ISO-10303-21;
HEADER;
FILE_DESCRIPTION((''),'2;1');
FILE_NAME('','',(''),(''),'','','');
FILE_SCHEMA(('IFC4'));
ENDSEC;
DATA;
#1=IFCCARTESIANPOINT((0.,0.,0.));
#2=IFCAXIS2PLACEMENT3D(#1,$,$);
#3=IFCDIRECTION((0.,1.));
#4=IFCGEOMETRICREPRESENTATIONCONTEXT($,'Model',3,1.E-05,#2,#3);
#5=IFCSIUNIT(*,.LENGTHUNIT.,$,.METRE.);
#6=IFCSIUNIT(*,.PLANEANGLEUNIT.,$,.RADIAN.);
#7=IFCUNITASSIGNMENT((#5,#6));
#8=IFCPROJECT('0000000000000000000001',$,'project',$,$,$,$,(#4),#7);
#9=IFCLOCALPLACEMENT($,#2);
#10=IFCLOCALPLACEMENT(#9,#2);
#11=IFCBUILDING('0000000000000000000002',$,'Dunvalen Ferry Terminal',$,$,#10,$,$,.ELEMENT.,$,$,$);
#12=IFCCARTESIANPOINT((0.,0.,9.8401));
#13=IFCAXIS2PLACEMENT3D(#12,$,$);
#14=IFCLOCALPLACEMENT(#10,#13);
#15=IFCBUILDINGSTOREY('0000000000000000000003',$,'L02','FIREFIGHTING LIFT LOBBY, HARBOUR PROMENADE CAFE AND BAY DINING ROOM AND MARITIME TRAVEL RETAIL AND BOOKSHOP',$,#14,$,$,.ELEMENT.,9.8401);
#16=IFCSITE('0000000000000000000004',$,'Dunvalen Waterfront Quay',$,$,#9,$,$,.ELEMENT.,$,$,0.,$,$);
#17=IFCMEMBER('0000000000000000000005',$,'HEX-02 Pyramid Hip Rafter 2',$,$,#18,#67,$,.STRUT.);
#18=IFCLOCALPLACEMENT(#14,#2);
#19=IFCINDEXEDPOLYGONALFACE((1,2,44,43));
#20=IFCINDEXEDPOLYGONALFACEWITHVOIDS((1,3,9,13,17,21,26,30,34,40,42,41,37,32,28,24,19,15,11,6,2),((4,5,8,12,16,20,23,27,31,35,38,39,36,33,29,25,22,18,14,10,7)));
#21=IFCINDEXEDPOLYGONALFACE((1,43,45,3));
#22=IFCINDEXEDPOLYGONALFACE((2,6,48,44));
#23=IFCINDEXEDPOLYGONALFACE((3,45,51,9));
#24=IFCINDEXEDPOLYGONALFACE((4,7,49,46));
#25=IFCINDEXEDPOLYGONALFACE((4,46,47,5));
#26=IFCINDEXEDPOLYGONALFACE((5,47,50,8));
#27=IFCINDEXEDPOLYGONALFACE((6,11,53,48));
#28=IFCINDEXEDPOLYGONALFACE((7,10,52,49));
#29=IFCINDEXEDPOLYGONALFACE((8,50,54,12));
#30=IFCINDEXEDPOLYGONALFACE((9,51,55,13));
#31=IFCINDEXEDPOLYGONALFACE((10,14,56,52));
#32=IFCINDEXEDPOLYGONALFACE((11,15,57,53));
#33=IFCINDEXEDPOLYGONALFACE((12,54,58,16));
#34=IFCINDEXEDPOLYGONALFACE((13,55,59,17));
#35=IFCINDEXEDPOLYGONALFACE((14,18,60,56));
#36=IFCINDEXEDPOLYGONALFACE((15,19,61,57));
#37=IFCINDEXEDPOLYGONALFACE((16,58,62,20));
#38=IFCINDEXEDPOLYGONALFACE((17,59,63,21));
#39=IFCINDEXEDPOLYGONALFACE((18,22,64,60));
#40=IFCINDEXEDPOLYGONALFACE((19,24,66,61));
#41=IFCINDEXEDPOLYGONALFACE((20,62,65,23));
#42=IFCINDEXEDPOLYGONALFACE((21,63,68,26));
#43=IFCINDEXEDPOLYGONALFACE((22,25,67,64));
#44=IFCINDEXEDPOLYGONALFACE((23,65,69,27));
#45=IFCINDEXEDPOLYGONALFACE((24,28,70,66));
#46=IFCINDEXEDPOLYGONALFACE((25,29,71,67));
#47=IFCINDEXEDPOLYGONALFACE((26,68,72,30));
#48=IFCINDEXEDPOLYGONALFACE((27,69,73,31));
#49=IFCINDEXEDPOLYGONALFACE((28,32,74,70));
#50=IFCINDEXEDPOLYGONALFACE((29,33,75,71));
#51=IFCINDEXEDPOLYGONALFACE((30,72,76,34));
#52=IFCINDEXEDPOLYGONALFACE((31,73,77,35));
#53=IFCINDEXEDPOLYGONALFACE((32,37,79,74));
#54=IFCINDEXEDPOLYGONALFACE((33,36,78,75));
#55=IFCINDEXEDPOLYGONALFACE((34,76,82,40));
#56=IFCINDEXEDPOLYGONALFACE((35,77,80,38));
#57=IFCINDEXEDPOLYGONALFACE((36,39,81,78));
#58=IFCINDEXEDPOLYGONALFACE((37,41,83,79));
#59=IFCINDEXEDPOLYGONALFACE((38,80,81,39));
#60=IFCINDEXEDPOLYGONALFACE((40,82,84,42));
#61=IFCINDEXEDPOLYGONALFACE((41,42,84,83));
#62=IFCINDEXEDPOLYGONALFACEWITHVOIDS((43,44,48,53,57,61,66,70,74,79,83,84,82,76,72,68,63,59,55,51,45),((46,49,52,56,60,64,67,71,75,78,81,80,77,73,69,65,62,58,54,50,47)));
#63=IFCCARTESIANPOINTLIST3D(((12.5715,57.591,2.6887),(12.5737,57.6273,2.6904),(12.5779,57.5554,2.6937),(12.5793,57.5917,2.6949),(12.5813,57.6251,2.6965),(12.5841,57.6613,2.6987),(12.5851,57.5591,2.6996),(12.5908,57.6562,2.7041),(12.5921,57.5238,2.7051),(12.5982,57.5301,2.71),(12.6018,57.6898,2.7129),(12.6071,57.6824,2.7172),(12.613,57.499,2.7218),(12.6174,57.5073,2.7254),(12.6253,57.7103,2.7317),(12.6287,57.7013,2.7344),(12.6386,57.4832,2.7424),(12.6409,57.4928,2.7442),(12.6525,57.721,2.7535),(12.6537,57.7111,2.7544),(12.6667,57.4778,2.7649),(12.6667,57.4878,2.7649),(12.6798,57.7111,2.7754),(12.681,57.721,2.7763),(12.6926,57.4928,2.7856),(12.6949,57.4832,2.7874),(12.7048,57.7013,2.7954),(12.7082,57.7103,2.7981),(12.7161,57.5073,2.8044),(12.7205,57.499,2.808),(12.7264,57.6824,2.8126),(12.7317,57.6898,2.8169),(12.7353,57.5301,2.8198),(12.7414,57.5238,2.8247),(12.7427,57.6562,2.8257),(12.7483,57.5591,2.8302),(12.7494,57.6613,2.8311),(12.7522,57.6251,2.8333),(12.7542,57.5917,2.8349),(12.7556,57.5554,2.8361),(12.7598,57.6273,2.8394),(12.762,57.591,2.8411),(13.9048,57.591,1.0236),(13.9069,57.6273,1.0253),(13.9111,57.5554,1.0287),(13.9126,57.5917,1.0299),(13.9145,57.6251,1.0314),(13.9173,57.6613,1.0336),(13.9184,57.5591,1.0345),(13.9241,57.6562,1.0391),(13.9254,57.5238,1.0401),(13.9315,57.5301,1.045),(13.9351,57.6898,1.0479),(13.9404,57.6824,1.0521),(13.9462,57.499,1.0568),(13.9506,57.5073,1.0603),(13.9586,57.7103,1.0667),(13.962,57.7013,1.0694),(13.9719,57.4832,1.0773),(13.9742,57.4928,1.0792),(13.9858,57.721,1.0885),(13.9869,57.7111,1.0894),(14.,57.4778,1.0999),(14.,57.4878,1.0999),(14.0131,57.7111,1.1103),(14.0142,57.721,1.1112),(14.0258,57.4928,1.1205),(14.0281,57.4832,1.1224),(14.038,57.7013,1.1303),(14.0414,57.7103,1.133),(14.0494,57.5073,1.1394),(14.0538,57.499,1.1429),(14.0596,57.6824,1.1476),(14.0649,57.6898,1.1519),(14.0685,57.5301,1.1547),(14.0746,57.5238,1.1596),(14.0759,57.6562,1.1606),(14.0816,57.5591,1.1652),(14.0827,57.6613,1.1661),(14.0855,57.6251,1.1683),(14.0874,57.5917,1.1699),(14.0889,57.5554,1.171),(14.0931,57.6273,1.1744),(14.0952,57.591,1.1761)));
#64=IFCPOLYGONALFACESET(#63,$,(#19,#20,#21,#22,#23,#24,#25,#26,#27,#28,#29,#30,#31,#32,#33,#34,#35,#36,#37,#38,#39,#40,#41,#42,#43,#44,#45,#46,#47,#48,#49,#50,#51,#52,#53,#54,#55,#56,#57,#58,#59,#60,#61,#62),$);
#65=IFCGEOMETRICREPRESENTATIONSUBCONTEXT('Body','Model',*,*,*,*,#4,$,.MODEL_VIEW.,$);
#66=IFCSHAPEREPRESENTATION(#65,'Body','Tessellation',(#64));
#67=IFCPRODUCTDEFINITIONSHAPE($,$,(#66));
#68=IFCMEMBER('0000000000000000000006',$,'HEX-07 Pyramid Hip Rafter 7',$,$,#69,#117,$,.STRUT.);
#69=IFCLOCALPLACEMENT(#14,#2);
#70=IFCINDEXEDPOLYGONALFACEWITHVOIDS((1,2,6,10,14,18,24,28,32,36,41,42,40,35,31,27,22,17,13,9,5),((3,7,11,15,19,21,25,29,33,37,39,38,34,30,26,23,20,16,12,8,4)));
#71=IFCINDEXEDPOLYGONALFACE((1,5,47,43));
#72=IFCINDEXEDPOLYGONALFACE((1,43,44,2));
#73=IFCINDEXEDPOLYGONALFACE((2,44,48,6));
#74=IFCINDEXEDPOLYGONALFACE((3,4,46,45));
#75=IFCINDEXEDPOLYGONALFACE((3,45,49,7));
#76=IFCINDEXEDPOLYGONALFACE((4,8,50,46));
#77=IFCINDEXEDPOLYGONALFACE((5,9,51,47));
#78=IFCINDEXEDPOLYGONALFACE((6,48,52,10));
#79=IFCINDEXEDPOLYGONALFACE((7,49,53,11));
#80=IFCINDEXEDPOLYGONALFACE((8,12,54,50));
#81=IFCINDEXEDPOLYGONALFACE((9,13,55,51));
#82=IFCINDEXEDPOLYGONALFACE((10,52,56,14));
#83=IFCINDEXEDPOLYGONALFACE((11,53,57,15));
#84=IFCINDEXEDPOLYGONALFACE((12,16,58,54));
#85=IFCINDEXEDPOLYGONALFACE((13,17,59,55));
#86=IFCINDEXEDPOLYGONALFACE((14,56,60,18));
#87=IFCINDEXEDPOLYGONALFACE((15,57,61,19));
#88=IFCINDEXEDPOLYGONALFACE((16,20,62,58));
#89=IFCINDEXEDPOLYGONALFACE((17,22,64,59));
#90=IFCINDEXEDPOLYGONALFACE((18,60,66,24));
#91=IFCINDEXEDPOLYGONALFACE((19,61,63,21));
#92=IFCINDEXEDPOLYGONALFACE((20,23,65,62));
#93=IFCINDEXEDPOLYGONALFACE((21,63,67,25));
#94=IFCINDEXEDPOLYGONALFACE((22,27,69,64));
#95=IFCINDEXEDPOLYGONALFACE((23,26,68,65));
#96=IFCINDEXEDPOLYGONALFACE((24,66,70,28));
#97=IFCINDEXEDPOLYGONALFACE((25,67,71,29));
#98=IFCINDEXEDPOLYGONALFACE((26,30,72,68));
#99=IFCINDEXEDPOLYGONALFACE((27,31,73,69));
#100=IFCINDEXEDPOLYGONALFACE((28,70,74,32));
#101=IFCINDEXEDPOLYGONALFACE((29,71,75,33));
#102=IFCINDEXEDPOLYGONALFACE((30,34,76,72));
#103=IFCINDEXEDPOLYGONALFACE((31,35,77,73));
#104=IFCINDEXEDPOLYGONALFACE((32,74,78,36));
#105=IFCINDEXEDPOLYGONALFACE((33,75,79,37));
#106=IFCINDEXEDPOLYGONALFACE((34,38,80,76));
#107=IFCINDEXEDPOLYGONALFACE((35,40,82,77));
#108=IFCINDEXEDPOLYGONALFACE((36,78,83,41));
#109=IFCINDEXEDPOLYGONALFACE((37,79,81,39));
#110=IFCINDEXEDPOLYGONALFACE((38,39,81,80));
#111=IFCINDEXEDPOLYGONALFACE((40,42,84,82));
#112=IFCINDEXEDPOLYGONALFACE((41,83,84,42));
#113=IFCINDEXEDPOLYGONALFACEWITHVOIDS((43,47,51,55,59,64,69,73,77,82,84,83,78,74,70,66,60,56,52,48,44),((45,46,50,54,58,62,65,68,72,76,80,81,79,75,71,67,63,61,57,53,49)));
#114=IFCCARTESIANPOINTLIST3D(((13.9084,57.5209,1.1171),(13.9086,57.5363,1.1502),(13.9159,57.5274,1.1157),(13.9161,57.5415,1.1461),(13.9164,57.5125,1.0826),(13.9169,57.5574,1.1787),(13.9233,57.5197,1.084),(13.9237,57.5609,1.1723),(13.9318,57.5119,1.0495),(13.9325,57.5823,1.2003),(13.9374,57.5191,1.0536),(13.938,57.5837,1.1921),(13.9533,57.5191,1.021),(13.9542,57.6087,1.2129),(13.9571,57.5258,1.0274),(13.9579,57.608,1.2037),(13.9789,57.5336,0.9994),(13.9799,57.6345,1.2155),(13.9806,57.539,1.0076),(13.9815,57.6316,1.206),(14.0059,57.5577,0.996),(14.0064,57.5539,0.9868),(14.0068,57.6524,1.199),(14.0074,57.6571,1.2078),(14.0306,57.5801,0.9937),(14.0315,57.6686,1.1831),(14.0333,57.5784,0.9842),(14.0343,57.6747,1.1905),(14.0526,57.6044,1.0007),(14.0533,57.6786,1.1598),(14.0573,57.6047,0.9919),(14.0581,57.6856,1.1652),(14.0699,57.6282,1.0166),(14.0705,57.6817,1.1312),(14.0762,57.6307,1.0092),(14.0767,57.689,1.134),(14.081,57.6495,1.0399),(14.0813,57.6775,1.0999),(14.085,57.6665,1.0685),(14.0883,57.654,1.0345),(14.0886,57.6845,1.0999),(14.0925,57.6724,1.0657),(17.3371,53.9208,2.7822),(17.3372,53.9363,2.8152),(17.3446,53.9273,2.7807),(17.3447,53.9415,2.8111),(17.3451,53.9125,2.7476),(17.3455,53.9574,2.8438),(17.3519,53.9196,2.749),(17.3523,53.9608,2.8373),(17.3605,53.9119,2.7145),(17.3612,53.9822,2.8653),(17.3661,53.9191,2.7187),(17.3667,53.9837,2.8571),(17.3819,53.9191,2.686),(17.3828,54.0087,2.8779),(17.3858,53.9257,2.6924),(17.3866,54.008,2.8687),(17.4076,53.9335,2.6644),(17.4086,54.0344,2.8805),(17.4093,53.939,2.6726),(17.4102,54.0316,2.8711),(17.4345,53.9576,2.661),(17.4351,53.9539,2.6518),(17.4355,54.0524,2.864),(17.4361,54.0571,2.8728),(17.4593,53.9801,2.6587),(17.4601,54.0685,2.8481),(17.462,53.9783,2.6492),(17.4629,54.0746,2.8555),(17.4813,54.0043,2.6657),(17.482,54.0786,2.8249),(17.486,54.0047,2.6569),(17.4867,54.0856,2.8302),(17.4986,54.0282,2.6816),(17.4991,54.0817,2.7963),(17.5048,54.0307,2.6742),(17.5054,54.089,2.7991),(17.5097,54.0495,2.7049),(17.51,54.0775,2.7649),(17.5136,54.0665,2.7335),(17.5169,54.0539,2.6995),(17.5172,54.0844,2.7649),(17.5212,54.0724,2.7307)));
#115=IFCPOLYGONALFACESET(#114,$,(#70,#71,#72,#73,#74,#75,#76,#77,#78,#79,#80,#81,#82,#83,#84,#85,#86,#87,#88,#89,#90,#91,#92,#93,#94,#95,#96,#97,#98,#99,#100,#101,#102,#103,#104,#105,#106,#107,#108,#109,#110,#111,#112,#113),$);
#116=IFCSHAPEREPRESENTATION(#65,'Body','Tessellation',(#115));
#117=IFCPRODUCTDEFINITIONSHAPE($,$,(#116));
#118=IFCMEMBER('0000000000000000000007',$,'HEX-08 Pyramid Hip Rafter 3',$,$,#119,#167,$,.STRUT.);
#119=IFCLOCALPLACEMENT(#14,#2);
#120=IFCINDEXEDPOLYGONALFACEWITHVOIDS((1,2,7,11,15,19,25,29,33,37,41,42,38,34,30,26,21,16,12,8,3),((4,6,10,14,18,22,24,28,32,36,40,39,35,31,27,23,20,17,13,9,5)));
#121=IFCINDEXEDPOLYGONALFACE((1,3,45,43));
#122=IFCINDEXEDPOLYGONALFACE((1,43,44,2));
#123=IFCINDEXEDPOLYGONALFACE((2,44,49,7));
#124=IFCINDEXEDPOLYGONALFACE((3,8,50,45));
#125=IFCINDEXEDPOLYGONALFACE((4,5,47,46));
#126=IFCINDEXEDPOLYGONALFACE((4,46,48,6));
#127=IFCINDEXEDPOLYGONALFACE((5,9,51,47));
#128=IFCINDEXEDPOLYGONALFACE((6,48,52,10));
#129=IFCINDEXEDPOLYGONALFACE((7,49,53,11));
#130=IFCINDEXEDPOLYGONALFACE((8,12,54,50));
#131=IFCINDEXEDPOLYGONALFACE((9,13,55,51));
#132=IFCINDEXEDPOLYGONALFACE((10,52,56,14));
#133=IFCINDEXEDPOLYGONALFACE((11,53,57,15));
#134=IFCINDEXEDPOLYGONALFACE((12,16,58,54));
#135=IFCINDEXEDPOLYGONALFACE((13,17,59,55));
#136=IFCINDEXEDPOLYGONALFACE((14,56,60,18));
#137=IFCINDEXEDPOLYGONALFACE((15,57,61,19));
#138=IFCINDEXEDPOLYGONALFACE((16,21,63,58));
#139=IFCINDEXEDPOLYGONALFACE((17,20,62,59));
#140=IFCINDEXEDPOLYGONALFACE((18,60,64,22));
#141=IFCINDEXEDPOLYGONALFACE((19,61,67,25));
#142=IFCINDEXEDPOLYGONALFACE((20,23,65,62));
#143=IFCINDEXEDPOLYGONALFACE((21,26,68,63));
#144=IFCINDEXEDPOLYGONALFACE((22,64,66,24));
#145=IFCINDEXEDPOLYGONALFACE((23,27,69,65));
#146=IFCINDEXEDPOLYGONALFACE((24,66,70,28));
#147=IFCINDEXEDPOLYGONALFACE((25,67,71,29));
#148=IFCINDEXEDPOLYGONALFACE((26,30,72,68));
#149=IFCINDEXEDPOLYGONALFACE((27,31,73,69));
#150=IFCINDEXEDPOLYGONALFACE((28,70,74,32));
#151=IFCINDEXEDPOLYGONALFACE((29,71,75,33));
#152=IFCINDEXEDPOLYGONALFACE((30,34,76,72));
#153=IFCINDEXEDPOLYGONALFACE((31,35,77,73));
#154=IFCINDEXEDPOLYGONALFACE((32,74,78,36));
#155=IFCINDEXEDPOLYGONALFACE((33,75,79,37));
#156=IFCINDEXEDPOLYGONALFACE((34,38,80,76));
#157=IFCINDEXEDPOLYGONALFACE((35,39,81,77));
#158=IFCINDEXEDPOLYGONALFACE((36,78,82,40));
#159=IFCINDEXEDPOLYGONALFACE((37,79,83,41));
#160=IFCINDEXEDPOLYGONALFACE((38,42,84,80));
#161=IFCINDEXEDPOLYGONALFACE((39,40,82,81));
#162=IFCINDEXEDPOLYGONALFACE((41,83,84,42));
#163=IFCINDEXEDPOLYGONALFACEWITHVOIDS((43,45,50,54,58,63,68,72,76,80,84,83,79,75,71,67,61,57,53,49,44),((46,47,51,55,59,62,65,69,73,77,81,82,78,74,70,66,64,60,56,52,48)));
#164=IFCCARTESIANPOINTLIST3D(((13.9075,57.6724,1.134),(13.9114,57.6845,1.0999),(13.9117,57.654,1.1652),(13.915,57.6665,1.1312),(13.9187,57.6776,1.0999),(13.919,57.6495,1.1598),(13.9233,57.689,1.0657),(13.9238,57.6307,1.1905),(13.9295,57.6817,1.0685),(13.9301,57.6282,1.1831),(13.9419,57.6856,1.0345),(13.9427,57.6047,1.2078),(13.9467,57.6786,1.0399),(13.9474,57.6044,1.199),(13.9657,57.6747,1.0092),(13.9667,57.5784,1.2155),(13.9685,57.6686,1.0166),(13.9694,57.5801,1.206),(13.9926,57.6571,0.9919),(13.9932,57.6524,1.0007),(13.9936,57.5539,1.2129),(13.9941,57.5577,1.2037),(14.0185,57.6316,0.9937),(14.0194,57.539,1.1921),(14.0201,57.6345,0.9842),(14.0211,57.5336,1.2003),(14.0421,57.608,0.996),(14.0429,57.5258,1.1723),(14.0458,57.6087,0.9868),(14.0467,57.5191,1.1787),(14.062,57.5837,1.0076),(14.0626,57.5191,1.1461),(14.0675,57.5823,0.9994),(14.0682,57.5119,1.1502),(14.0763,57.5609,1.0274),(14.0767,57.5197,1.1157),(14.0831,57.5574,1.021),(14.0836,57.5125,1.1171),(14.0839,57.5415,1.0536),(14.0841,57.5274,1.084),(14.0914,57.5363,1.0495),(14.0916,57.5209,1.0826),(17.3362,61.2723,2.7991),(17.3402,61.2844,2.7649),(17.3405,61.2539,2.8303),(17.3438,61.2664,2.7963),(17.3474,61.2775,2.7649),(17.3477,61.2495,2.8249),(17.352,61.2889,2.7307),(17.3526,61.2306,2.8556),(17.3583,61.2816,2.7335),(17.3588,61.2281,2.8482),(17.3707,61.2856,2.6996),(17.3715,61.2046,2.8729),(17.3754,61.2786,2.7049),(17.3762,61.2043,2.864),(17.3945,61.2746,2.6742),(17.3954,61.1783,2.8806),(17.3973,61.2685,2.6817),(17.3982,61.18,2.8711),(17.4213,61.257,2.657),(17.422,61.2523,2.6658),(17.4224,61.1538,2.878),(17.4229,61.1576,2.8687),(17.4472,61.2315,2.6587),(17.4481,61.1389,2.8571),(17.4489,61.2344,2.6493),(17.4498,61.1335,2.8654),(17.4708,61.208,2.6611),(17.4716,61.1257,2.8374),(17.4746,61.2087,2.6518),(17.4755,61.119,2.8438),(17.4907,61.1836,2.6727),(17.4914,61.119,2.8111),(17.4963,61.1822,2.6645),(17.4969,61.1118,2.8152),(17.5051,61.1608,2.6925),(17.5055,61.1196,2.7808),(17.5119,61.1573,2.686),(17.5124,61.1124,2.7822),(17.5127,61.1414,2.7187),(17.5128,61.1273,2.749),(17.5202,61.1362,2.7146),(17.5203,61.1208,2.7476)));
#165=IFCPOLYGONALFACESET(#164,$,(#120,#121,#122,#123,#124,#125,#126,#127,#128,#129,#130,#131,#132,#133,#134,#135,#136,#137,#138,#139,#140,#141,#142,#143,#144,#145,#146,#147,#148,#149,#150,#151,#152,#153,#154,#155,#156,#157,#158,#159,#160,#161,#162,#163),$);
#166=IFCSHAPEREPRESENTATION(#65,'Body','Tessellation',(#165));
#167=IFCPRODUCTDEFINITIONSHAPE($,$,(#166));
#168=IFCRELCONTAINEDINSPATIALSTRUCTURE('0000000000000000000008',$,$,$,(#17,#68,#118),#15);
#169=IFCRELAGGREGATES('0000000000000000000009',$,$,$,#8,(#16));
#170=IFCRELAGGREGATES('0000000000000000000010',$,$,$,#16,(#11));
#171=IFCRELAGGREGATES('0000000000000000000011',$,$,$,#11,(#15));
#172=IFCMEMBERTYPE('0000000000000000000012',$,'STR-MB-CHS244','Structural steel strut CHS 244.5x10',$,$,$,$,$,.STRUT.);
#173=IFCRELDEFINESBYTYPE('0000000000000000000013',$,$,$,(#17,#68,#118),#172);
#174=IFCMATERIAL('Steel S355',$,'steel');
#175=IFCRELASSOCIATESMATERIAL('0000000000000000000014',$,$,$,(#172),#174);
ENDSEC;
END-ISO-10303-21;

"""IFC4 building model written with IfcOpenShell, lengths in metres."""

from ifc_helpers import new_model, si_unit, direction, frame, origin, origin_2d, place, context, subcontext, project, spatial, hollow_circle, extrude, material, material_profile, profile_set, type_object, element, save


model = new_model("IFC4")

# Units and contexts
model_context = context("Model", 3, precision=1e-05, world=origin(), true_north=direction((0.0, 1.0)))
body_context = subcontext(model_context, "Body", "Model", "MODEL_VIEW")
ifc_project = project(units=[si_unit("LENGTHUNIT", "METRE"), si_unit("PLANEANGLEUNIT", "RADIAN")], contexts=[model_context])

# Site, building, storey
site_placement = place(None, origin())
site = spatial("IfcSite", under=ifc_project, at=site_placement, Name="Dunvalen Waterfront Quay", CompositionType="ELEMENT", RefElevation=0.0)
building_placement = place(site_placement, origin())
building = spatial("IfcBuilding", under=site, at=building_placement, Name="Dunvalen Ferry Terminal", CompositionType="ELEMENT")
storey_placement = place(building_placement, frame((0.0, 0.0, 9.8401)))
storey = spatial("IfcBuildingStorey", under=building, at=storey_placement, Name="L02", Description="FIREFIGHTING LIFT LOBBY, HARBOUR PROMENADE CAFE AND BAY DINING ROOM AND MARITIME TRAVEL RETAIL AND BOOKSHOP", CompositionType="ELEMENT", Elevation=9.8401)

# Shared definitions
ifc_material_1 = material(Name="Steel S355", Category="steel")

# Members
ifc_material_profile_1 = material_profile(ifc_material_1, hollow_circle(Radius=0.1223, WallThickness=0.01, at=origin_2d()), Name="Steel S355")
ifc_profile_set_1 = profile_set([ifc_material_profile_1], Name="Steel S355")
member_type_1 = type_object("IfcMemberType", Name="STR-MB-CHS244", Description="Structural steel strut CHS 244.5x10", PredefinedType="STRUT", material=ifc_profile_set_1)
member_placement = place(storey_placement, frame((14.0, 57.6001, 1.0999), z_axis=(-0.625044, 0.0, 0.78059), x_axis=(0.0, -1.0, 0.0)))
element("IfcMember", 1, at=member_placement, inside=storey, type_object=member_type_1, Name="HEX-02 Pyramid Hip Rafter 2", PredefinedType="STRUT", context=body_context, shape_type="SweptSolid", body=[
    extrude(hollow_circle(Radius=0.1223, WallThickness=0.01, at=origin_2d()), origin(), (0.0, 0.0, 1.0), 2.1331),
])
for number, where, z_axis, x_axis, name in (
    (2, (14.0, 57.6001, 1.0999), (0.653959, -0.686648, 0.317573), (0.724133, 0.68966, 0.0), "HEX-07 Pyramid Hip Rafter 7"),
    (3, (14.0, 57.6001, 1.0999), (0.65398, 0.686623, 0.317583), (-0.72411, 0.689685, 0.0), "HEX-08 Pyramid Hip Rafter 3"),
):
    element("IfcMember", number, at=place(storey_placement, frame(where, z_axis=z_axis, x_axis=x_axis)), inside=storey, type_object=member_type_1, Name=name, PredefinedType="STRUT", context=body_context, shape_type="SweptSolid", body=[
        extrude(hollow_circle(Radius=0.1223, WallThickness=0.01, at=origin_2d()), origin(), (0.0, 0.0, 1.0), 5.2429),
    ])

save(model, "model.ifc")
